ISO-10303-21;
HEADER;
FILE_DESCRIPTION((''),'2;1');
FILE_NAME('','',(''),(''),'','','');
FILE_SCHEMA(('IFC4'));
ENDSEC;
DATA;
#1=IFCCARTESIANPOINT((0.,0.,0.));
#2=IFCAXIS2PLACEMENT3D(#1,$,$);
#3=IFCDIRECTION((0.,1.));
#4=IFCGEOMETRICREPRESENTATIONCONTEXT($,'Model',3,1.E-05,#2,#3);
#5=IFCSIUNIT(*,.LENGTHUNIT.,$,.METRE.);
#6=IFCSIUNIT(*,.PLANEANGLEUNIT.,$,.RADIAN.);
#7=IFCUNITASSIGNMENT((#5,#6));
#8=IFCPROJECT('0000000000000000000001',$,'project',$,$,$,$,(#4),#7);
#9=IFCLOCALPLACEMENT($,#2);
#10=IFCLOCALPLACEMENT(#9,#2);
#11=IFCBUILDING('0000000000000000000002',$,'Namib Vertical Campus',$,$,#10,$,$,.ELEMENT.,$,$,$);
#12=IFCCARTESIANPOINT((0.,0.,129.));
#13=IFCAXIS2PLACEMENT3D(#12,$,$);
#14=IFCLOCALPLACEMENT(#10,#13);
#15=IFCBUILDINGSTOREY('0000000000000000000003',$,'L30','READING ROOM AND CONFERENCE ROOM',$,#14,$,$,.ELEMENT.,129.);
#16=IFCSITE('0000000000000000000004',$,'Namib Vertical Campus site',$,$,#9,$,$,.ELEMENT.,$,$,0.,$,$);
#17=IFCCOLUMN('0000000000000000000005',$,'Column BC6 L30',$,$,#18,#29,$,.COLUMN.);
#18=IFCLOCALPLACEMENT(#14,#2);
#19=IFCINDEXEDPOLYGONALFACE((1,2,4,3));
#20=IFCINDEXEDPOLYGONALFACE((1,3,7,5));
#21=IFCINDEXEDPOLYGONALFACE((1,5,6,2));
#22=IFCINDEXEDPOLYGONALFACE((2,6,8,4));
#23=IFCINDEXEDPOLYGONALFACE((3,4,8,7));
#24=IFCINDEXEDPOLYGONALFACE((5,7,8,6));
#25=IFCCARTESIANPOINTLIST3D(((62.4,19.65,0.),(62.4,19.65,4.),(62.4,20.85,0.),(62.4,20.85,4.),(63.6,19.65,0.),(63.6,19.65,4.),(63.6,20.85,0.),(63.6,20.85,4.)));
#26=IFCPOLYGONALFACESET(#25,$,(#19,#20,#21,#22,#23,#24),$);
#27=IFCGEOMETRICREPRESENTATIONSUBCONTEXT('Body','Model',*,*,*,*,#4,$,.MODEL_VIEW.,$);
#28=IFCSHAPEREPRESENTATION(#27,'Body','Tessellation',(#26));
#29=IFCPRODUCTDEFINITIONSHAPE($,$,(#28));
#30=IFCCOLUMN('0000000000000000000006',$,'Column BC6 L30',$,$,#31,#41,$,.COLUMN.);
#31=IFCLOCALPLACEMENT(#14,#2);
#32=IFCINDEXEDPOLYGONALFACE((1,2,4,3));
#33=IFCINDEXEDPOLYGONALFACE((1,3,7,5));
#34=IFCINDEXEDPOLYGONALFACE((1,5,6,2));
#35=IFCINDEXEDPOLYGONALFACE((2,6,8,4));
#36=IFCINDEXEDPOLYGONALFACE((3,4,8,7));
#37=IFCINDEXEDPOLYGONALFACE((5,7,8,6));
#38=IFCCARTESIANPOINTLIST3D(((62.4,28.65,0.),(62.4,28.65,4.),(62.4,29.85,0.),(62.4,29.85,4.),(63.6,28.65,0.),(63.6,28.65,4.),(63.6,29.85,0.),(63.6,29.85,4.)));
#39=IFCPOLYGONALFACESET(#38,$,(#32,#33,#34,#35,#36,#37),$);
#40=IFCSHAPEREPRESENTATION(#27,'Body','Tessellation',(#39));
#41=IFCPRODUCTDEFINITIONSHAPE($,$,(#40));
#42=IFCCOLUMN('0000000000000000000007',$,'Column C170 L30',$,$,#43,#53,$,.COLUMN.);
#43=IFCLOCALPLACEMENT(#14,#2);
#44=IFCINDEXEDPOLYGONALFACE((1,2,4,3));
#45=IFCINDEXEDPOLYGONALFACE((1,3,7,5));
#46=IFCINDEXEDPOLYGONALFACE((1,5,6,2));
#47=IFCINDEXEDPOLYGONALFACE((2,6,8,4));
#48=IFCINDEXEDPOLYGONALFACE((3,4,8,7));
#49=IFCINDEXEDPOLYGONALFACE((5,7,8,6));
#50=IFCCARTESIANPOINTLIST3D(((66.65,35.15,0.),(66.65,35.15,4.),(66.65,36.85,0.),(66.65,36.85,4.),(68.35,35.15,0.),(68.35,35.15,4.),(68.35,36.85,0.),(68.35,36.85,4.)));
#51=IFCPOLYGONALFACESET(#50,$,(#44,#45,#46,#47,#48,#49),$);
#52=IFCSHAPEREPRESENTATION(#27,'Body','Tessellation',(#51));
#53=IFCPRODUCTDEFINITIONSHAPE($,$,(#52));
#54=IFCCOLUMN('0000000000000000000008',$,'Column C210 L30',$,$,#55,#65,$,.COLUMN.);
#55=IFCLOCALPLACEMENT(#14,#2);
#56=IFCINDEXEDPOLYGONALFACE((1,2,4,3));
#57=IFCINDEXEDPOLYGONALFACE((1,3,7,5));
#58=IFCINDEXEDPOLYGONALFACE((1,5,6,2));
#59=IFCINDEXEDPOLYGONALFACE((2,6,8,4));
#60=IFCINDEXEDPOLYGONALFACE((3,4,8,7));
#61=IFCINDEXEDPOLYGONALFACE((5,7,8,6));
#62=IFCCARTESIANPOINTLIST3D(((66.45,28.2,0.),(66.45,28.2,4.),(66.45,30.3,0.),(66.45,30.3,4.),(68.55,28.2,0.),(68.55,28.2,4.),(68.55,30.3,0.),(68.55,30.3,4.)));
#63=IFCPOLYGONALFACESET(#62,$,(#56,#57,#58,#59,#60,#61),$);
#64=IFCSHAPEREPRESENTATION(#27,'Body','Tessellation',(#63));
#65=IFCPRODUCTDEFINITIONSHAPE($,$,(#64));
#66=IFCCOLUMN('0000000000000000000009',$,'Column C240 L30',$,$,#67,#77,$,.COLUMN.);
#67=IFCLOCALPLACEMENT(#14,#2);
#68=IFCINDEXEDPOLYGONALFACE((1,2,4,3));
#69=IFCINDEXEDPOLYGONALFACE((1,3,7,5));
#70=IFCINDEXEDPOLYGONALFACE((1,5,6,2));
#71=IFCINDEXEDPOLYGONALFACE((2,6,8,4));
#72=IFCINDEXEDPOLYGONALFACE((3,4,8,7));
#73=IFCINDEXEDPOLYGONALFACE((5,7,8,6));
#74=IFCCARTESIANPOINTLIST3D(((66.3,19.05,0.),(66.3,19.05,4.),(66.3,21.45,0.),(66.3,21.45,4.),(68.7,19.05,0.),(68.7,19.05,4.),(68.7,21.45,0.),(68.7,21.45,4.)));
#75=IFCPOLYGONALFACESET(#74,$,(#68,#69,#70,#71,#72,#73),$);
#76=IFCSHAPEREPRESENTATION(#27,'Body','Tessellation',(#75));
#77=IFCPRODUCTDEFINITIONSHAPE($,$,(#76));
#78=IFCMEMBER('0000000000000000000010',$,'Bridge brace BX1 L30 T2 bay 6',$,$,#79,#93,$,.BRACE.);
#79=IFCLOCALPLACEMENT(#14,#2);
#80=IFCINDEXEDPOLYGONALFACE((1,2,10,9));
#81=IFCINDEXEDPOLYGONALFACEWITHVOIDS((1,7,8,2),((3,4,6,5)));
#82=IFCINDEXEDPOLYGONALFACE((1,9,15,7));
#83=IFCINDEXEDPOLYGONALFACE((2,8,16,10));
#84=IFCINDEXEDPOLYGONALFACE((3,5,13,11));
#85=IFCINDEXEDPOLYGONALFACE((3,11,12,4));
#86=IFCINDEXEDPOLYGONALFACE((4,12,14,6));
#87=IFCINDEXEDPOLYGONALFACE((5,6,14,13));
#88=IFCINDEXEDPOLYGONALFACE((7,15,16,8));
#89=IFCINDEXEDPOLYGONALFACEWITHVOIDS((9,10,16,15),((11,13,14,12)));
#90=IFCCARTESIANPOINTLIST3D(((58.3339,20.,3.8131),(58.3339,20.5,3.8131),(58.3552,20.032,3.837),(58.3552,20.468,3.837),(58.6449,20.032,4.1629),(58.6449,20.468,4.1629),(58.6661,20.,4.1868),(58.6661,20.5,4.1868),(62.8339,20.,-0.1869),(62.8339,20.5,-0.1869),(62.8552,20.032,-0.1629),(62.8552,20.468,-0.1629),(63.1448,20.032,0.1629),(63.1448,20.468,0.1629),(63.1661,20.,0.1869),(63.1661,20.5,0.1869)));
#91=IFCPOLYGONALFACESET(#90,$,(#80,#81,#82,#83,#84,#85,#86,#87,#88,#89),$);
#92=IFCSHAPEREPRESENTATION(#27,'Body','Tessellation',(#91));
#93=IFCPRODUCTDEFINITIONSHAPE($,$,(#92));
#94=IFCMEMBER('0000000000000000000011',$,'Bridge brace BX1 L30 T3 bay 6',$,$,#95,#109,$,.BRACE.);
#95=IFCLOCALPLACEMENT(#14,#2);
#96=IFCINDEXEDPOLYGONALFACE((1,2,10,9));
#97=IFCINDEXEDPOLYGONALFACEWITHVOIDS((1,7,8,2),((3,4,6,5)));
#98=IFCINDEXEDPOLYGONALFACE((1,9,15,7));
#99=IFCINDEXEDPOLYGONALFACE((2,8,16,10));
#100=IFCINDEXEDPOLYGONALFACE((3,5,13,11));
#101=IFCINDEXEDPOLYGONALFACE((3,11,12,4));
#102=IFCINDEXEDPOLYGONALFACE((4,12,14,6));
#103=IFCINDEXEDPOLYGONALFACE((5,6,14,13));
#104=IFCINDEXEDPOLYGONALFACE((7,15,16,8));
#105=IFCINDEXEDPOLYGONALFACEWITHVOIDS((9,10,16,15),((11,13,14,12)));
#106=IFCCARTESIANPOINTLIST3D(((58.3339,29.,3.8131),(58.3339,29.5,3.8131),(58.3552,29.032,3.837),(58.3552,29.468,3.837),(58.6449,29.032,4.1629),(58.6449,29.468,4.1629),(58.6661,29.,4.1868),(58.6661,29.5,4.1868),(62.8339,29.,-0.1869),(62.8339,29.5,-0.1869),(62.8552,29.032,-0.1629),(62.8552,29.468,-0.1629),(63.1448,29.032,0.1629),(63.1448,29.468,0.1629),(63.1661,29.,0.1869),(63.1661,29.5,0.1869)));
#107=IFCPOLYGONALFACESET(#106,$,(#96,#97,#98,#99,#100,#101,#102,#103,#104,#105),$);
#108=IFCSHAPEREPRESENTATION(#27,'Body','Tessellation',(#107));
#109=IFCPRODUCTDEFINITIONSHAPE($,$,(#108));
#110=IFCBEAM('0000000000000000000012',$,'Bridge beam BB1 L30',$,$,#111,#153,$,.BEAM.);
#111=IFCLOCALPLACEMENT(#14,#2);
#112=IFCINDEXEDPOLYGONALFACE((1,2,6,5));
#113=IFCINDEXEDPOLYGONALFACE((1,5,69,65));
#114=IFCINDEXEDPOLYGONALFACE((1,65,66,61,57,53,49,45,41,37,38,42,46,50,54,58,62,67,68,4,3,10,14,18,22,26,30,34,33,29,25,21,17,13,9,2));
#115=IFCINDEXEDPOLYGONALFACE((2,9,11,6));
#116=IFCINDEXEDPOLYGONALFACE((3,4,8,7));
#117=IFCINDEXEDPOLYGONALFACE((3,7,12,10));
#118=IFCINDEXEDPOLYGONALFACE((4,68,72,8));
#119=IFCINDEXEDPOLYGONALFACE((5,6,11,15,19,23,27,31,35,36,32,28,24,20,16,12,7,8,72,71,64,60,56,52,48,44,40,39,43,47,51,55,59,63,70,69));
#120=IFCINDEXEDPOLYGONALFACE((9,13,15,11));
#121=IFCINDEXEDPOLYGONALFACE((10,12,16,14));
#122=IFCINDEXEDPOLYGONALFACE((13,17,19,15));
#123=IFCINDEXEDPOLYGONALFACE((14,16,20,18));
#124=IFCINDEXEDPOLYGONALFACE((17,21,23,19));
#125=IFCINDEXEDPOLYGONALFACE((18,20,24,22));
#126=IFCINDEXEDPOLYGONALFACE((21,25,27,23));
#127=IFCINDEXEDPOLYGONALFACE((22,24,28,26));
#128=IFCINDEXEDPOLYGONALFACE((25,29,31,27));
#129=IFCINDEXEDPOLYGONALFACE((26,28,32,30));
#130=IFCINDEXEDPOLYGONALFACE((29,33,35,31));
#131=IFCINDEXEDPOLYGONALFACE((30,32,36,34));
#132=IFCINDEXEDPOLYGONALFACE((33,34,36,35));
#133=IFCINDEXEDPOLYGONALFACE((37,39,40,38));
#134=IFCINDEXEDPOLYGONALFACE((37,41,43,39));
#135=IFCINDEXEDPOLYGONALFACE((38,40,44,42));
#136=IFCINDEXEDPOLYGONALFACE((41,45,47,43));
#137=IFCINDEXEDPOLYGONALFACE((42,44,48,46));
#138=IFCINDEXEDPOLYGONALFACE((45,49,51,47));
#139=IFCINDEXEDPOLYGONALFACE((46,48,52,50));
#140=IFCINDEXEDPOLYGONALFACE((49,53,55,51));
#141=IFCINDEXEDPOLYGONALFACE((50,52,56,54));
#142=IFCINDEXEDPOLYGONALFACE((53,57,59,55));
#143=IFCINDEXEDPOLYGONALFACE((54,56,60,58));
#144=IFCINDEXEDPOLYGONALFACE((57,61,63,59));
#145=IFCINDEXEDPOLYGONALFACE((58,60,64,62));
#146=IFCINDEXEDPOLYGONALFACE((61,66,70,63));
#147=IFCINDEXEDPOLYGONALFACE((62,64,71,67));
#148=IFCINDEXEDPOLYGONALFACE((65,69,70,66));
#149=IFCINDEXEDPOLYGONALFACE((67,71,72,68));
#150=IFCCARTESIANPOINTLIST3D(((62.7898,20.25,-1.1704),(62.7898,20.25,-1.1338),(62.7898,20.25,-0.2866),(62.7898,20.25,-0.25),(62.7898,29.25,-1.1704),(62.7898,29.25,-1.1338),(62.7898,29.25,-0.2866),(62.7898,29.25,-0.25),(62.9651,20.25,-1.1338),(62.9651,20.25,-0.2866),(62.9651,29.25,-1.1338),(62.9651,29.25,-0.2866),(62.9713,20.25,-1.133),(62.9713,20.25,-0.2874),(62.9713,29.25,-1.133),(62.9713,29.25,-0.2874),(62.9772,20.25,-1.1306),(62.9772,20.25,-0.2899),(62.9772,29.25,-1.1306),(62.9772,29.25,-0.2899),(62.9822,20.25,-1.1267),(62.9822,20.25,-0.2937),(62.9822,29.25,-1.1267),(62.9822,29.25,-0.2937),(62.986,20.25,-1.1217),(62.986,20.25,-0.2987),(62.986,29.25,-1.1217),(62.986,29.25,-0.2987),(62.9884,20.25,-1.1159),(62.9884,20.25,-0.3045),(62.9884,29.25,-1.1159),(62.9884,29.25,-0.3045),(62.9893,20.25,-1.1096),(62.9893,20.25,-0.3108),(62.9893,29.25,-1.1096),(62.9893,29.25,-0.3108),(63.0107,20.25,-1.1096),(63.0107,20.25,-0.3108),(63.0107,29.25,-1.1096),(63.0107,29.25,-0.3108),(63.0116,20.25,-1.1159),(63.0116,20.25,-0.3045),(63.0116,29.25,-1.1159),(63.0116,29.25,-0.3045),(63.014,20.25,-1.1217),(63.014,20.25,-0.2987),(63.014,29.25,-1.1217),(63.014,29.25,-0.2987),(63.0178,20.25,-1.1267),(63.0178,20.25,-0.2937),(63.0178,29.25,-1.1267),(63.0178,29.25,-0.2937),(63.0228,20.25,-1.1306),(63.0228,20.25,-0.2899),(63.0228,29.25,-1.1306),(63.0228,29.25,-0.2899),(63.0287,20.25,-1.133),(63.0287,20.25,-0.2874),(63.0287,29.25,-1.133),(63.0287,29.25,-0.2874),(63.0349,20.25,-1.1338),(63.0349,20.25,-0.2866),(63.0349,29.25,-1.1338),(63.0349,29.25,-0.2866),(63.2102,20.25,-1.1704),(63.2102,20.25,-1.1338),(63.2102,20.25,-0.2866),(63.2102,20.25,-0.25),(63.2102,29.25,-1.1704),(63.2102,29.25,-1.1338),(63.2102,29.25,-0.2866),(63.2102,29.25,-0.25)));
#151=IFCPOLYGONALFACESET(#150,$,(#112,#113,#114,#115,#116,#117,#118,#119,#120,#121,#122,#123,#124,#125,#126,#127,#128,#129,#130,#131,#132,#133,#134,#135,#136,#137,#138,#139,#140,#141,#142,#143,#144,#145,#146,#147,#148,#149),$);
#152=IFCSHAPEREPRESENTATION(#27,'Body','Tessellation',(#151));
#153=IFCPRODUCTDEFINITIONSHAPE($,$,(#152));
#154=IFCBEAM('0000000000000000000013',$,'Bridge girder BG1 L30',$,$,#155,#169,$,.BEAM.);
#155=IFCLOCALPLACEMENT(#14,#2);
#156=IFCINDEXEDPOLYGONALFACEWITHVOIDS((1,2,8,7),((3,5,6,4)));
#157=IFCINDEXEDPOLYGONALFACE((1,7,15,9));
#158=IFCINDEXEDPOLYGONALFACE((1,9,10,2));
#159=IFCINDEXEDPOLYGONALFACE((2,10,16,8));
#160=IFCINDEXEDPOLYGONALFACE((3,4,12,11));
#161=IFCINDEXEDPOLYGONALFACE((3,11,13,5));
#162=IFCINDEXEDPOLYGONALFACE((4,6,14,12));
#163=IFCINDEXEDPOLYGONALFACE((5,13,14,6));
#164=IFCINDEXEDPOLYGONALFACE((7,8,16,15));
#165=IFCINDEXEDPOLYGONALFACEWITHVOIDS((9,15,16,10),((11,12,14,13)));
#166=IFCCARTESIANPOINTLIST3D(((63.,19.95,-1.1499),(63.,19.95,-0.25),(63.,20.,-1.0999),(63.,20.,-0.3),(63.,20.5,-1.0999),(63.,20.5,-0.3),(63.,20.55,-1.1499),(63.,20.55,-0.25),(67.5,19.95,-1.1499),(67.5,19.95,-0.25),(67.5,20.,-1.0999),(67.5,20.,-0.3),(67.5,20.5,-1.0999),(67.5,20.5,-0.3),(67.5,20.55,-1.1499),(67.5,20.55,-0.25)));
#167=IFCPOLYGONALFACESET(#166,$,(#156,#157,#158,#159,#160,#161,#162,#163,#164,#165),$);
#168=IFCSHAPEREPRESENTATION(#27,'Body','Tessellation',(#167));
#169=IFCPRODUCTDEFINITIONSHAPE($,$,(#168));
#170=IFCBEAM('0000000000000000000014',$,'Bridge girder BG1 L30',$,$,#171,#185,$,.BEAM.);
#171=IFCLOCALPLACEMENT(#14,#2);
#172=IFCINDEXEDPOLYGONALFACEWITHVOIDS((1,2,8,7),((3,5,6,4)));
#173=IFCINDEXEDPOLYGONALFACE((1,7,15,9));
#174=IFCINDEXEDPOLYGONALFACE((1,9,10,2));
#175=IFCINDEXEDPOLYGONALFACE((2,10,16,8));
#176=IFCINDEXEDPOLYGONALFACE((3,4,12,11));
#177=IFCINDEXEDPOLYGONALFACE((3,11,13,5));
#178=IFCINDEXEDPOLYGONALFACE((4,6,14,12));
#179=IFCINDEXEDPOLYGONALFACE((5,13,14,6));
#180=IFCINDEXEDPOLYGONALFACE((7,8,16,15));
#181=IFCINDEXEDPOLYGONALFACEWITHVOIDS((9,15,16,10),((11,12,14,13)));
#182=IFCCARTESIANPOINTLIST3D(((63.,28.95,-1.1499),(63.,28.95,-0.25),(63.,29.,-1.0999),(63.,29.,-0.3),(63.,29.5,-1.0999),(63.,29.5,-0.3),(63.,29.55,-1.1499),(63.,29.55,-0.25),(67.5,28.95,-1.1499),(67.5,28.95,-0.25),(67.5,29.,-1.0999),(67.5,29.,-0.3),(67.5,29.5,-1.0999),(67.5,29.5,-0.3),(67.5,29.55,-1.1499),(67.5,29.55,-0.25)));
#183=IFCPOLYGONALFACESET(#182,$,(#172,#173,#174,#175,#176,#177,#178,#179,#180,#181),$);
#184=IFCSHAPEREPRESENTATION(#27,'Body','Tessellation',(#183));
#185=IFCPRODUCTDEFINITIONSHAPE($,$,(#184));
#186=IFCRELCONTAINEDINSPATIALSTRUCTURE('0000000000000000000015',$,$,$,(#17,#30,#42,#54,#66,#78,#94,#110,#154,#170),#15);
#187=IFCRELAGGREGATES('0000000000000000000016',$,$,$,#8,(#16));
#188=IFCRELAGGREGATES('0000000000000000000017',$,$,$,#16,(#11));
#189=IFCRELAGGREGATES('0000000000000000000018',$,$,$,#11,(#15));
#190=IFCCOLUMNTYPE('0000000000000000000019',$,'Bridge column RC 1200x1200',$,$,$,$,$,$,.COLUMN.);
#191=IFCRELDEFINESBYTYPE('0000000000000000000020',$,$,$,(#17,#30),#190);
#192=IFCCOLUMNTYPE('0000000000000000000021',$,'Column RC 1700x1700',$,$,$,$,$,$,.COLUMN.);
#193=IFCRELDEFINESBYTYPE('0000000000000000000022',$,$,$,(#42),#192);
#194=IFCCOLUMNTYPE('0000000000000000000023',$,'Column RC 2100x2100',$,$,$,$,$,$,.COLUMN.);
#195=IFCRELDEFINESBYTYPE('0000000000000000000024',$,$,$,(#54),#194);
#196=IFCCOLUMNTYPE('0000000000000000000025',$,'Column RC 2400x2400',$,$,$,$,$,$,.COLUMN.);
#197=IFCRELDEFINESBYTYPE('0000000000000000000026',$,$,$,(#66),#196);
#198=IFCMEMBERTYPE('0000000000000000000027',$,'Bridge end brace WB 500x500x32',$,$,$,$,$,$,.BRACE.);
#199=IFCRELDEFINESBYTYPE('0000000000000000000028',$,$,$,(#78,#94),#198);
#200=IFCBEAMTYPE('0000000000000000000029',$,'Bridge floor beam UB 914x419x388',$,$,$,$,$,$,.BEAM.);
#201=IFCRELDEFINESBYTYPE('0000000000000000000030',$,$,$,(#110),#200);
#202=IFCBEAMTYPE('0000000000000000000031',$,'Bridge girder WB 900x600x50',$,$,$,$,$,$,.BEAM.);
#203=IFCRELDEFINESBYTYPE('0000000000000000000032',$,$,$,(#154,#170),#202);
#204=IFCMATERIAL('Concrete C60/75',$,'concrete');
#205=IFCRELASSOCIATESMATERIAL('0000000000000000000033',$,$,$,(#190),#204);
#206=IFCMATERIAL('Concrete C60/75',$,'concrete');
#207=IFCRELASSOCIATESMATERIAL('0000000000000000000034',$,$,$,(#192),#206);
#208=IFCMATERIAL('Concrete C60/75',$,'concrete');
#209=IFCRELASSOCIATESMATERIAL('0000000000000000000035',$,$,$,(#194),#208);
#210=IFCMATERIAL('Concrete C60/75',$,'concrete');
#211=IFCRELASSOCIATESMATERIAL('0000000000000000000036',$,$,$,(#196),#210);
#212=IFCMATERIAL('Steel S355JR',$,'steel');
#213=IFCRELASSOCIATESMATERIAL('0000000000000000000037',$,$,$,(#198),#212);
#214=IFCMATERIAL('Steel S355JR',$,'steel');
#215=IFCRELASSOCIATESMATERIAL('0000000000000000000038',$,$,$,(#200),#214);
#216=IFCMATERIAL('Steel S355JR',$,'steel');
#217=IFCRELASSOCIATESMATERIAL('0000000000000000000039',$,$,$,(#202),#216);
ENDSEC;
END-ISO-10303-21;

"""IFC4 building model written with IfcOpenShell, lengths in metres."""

from ifc_helpers import new_model, si_unit, direction, frame, origin, origin_2d, place, context, subcontext, project, spatial, rectangle, hollow_rectangle, i_section, extrude, material, material_profile, profile_set, type_object, element, save


model = new_model("IFC4")

# Units and contexts
model_context = context("Model", 3, precision=1e-05, world=origin(), true_north=direction((0.0, 1.0)))
body_context = subcontext(model_context, "Body", "Model", "MODEL_VIEW")
ifc_project = project(units=[si_unit("LENGTHUNIT", "METRE"), si_unit("PLANEANGLEUNIT", "RADIAN")], contexts=[model_context])

# Site, building, storey
site_placement = place(None, origin())
site = spatial("IfcSite", under=ifc_project, at=site_placement, Name="Namib Vertical Campus site", CompositionType="ELEMENT", RefElevation=0.0)
building_placement = place(site_placement, origin())
building = spatial("IfcBuilding", under=site, at=building_placement, Name="Namib Vertical Campus", CompositionType="ELEMENT")
storey_placement = place(building_placement, frame((0.0, 0.0, 129.0)))
storey = spatial("IfcBuildingStorey", under=building, at=storey_placement, Name="L30", Description="READING ROOM AND CONFERENCE ROOM", CompositionType="ELEMENT", Elevation=129.0)

# Columns
ifc_material_1 = material(Name="Concrete C60/75", Category="concrete")
ifc_material_profile_1 = material_profile(ifc_material_1, rectangle(XDim=1.2, YDim=1.2, at=origin_2d()))
ifc_profile_set_1 = profile_set([ifc_material_profile_1], Name="Concrete C60/75")
column_type_1 = type_object("IfcColumnType", Name="Bridge column RC 1200x1200", PredefinedType="COLUMN", material=ifc_profile_set_1)
for number, where, z_axis, x_axis, name in (
    (1, (63.0, 20.25, 0.0), (0.0, 0.0, 1.0), (1.0, 0.0, 0.0), "Column BC6 L30"),
    (2, (63.0, 29.25, 0.0), (0.0, 0.0, 1.0), (1.0, 0.0, 0.0), "Column BC6 L30"),
):
    element("IfcColumn", number, at=place(storey_placement, frame(where, z_axis=z_axis, x_axis=x_axis)), inside=storey, type_object=column_type_1, Name=name, PredefinedType="COLUMN", context=body_context, shape_type="SweptSolid", body=[
        extrude(rectangle(XDim=1.2, YDim=1.2, at=origin_2d()), origin(), (0.0, 0.0, 1.0), 4.0),
    ])
ifc_material_2 = material(Name="Concrete C60/75", Category="concrete")
ifc_material_profile_2 = material_profile(ifc_material_2, rectangle(XDim=1.7, YDim=1.7, at=origin_2d()))
ifc_profile_set_2 = profile_set([ifc_material_profile_2], Name="Concrete C60/75")
column_type_2 = type_object("IfcColumnType", Name="Column RC 1700x1700", PredefinedType="COLUMN", material=ifc_profile_set_2)
column_1_placement = place(storey_placement, frame((67.5, 36.0, 0.0), z_axis=(0.0, 0.0, 1.0), x_axis=(1.0, 0.0, 0.0)))
element("IfcColumn", 3, at=column_1_placement, inside=storey, type_object=column_type_2, Name="Column C170 L30", PredefinedType="COLUMN", context=body_context, shape_type="SweptSolid", body=[
    extrude(rectangle(XDim=1.7, YDim=1.7, at=origin_2d()), origin(), (0.0, 0.0, 1.0), 4.0),
])
ifc_material_3 = material(Name="Concrete C60/75", Category="concrete")
ifc_material_profile_3 = material_profile(ifc_material_3, rectangle(XDim=2.1001, YDim=2.1001, at=origin_2d()))
ifc_profile_set_3 = profile_set([ifc_material_profile_3], Name="Concrete C60/75")
column_type_3 = type_object("IfcColumnType", Name="Column RC 2100x2100", PredefinedType="COLUMN", material=ifc_profile_set_3)
column_2_placement = place(storey_placement, frame((67.5, 29.25, 0.0), z_axis=(0.0, 0.0, 1.0), x_axis=(1.0, 0.0, 0.0)))
element("IfcColumn", 4, at=column_2_placement, inside=storey, type_object=column_type_3, Name="Column C210 L30", PredefinedType="COLUMN", context=body_context, shape_type="SweptSolid", body=[
    extrude(rectangle(XDim=2.1001, YDim=2.1001, at=origin_2d()), origin(), (0.0, 0.0, 1.0), 4.0),
])
ifc_material_4 = material(Name="Concrete C60/75", Category="concrete")
ifc_material_profile_4 = material_profile(ifc_material_4, rectangle(XDim=2.3999, YDim=2.3999, at=origin_2d()))
ifc_profile_set_4 = profile_set([ifc_material_profile_4], Name="Concrete C60/75")
column_type_4 = type_object("IfcColumnType", Name="Column RC 2400x2400", PredefinedType="COLUMN", material=ifc_profile_set_4)
column_3_placement = place(storey_placement, frame((67.5, 20.25, 0.0), z_axis=(0.0, 0.0, 1.0), x_axis=(1.0, 0.0, 0.0)))
element("IfcColumn", 5, at=column_3_placement, inside=storey, type_object=column_type_4, Name="Column C240 L30", PredefinedType="COLUMN", context=body_context, shape_type="SweptSolid", body=[
    extrude(rectangle(XDim=2.3999, YDim=2.3999, at=origin_2d()), origin(), (0.0, 0.0, 1.0), 4.0),
])

# Members
ifc_material_5 = material(Name="Steel S355JR", Category="steel")
ifc_material_profile_5 = material_profile(ifc_material_5, hollow_rectangle(XDim=0.5, YDim=0.5, WallThickness=0.032, at=origin_2d()))
ifc_profile_set_5 = profile_set([ifc_material_profile_5], Name="Steel S355JR")
member_type_1 = type_object("IfcMemberType", Name="Bridge end brace WB 500x500x32", PredefinedType="BRACE", material=ifc_profile_set_5)
for number, where, z_axis, x_axis, name in (
    (6, (63.0, 20.25, 0.0), (-0.747409, 0.0, 0.664364), (0.0, -1.0, 0.0), "Bridge brace BX1 L30 T2 bay 6"),
    (7, (63.0, 29.25, 0.0), (-0.747409, 0.0, 0.664364), (0.0, -1.0, 0.0), "Bridge brace BX1 L30 T3 bay 6"),
):
    element("IfcMember", number, at=place(storey_placement, frame(where, z_axis=z_axis, x_axis=x_axis)), inside=storey, type_object=member_type_1, Name=name, PredefinedType="BRACE", context=body_context, shape_type="SweptSolid", body=[
        extrude(hollow_rectangle(XDim=0.5, YDim=0.5, WallThickness=0.032, at=origin_2d()), origin(), (0.0, 0.0, 1.0), 6.0208),
    ])

# Beams
ifc_material_6 = material(Name="Steel S355JR", Category="steel")
ifc_material_profile_6 = material_profile(ifc_material_6, i_section(OverallWidth=0.4204, OverallDepth=0.9204, WebThickness=0.0215, FlangeThickness=0.0366, FilletRadius=0.0242, at=origin_2d()))
ifc_profile_set_6 = profile_set([ifc_material_profile_6], Name="Steel S355JR")
beam_type_1 = type_object("IfcBeamType", Name="Bridge floor beam UB 914x419x388", PredefinedType="BEAM", material=ifc_profile_set_6)
beam_1_placement = place(storey_placement, frame((63.0, 20.25, -0.7102), z_axis=(0.0, 1.0, 0.0), x_axis=(-1.0, 0.0, 0.0)))
element("IfcBeam", 8, at=beam_1_placement, inside=storey, type_object=beam_type_1, Name="Bridge beam BB1 L30", PredefinedType="BEAM", context=body_context, shape_type="SweptSolid", body=[
    extrude(i_section(OverallWidth=0.4204, OverallDepth=0.9204, WebThickness=0.0215, FlangeThickness=0.0366, FilletRadius=0.0242, at=origin_2d()), origin(), (0.0, 0.0, 1.0), 9.0),
])
ifc_material_7 = material(Name="Steel S355JR", Category="steel")
ifc_material_profile_7 = material_profile(ifc_material_7, hollow_rectangle(XDim=0.6001, YDim=0.8999, WallThickness=0.05, at=origin_2d()))
ifc_profile_set_7 = profile_set([ifc_material_profile_7], Name="Steel S355JR")
beam_type_2 = type_object("IfcBeamType", Name="Bridge girder WB 900x600x50", PredefinedType="BEAM", material=ifc_profile_set_7)
for number, where, z_axis, x_axis, name in (
    (9, (63.0, 20.25, -0.7), (1.0, 0.0, 0.0), (0.0, 1.0, 0.0), "Bridge girder BG1 L30"),
    (10, (63.0, 29.25, -0.7), (1.0, 0.0, 0.0), (0.0, 1.0, 0.0), "Bridge girder BG1 L30"),
):
    element("IfcBeam", number, at=place(storey_placement, frame(where, z_axis=z_axis, x_axis=x_axis)), inside=storey, type_object=beam_type_2, Name=name, PredefinedType="BEAM", context=body_context, shape_type="SweptSolid", body=[
        extrude(hollow_rectangle(XDim=0.6001, YDim=0.8999, WallThickness=0.05, at=origin_2d()), origin(), (0.0, 0.0, 1.0), 4.5),
    ])

save(model, "model.ifc")
